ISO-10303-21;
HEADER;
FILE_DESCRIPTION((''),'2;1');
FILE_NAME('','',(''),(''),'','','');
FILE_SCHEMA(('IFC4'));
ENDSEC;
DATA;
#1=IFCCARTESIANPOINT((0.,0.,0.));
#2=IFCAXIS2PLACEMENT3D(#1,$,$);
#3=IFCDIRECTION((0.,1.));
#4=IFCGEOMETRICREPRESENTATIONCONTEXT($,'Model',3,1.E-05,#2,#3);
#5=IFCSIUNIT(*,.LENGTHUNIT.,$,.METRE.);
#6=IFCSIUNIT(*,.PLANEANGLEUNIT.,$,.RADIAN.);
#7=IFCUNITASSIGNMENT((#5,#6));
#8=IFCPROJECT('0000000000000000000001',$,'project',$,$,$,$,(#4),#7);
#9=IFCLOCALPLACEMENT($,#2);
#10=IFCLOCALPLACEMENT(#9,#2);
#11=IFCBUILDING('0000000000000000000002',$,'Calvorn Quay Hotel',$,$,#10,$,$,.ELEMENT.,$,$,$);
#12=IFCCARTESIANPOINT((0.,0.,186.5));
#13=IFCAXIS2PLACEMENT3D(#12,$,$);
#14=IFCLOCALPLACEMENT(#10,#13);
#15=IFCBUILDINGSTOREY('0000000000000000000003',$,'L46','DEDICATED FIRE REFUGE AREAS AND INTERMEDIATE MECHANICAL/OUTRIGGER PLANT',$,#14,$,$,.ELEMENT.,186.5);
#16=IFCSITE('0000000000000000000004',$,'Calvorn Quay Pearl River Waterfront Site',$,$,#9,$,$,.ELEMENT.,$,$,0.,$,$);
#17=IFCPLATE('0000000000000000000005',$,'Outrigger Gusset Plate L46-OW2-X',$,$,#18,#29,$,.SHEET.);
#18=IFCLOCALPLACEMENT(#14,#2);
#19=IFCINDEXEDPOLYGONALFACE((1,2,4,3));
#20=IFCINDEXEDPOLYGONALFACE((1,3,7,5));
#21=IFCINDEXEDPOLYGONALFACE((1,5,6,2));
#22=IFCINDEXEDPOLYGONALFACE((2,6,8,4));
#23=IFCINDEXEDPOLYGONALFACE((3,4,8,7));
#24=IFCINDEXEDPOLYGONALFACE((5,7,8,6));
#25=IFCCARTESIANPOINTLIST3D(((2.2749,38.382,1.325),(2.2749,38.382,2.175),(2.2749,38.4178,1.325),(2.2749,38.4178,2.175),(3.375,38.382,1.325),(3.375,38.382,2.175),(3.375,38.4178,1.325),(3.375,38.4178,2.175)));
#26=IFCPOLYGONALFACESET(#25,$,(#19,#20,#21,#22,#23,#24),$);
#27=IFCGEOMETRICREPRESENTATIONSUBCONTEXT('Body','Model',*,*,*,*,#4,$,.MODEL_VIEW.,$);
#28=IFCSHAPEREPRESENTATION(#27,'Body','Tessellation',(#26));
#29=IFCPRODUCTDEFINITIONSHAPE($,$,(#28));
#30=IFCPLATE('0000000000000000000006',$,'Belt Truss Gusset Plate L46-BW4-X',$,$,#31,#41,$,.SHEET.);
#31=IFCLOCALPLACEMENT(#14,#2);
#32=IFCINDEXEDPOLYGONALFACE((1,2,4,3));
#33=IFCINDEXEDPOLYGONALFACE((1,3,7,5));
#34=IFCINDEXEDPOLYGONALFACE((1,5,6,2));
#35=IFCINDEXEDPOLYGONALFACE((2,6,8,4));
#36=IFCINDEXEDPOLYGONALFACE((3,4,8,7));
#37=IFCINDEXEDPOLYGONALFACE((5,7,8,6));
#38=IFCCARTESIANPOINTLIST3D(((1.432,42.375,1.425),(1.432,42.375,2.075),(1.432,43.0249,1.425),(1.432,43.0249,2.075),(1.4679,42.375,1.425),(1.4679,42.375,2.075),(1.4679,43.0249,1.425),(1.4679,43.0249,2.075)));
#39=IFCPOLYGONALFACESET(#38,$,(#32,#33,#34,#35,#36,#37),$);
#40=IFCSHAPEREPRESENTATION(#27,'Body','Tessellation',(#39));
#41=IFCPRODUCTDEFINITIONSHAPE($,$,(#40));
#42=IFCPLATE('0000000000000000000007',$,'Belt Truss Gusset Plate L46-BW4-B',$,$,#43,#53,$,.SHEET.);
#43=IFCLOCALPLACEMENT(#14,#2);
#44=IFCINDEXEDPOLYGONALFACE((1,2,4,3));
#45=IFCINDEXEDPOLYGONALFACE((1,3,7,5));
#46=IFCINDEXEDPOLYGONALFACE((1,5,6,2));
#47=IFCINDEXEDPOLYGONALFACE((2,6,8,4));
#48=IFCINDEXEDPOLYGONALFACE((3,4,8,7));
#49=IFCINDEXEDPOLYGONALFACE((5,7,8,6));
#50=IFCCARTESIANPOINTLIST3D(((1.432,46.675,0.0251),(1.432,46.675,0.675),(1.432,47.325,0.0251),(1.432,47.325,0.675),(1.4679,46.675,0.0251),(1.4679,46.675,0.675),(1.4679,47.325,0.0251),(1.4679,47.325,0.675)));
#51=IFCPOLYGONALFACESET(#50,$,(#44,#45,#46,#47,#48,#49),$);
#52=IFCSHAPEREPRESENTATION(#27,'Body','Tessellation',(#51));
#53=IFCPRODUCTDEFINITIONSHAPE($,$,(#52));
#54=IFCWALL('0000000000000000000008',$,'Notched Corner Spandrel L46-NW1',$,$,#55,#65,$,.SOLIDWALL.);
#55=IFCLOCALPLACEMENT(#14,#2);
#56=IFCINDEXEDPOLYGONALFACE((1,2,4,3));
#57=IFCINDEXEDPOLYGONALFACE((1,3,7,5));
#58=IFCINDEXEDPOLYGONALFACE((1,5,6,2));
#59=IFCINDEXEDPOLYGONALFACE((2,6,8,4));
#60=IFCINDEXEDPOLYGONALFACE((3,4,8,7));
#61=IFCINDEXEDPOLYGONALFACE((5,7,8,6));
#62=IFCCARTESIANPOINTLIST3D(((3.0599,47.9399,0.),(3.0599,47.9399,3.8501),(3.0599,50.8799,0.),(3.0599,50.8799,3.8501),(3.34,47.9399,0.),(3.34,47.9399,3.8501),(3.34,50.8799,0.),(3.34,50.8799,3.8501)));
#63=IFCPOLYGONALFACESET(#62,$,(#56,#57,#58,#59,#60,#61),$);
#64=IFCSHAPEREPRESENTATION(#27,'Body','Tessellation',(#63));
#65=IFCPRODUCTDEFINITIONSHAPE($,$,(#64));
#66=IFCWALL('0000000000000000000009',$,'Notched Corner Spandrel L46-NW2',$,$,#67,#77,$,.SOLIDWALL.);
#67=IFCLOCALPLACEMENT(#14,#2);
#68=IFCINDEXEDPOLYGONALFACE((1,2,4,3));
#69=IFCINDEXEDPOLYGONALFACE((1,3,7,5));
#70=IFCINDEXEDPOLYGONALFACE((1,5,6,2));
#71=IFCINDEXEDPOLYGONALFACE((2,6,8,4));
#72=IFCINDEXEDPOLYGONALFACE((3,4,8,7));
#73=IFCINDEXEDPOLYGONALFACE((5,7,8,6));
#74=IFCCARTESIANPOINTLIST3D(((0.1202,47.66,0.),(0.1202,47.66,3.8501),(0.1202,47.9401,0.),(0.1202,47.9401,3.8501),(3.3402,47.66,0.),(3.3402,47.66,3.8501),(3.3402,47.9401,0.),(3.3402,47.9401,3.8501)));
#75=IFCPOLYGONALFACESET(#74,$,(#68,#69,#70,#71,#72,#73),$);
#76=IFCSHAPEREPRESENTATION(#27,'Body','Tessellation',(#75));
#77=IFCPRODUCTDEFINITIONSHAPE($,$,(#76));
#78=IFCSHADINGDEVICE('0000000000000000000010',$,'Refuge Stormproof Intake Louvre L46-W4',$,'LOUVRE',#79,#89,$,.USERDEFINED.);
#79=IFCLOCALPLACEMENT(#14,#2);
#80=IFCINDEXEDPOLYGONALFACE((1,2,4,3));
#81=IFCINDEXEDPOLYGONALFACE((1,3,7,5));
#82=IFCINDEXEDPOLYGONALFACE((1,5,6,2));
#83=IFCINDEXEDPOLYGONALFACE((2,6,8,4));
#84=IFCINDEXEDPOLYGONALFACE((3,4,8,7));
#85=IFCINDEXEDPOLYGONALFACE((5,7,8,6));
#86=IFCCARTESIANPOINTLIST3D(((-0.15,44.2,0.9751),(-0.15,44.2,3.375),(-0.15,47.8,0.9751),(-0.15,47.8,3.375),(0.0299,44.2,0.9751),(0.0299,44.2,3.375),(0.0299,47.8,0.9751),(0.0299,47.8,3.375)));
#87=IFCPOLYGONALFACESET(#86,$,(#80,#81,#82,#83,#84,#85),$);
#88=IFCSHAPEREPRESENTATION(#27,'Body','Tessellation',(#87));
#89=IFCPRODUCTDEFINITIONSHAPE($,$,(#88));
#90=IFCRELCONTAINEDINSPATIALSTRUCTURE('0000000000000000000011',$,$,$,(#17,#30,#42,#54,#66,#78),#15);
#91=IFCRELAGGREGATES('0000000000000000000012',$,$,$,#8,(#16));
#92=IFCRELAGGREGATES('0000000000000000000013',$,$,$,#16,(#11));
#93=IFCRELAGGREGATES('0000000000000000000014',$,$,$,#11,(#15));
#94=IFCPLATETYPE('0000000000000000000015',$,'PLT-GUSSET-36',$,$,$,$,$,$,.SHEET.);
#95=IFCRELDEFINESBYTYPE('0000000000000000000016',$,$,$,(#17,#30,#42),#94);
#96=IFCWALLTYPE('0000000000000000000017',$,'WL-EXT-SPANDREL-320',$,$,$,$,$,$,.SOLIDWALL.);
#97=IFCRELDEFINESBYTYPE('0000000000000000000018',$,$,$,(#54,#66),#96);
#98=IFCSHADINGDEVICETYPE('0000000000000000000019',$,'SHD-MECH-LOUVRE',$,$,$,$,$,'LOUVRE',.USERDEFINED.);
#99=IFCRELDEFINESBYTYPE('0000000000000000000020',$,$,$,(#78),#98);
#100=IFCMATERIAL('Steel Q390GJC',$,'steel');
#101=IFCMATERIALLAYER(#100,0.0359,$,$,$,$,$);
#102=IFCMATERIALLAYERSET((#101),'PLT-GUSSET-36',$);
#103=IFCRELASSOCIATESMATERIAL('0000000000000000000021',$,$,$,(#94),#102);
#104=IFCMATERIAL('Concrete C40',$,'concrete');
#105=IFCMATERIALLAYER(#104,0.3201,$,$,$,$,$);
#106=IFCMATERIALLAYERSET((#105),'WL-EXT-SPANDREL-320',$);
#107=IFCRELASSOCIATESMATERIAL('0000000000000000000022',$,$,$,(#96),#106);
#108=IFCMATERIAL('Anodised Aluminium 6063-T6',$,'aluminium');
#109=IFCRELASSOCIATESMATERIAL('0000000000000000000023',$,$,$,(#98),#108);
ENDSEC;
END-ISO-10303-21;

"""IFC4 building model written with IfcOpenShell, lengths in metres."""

from ifc_helpers import new_model, si_unit, direction, frame, frame_2d, origin, origin_2d, place, context, subcontext, project, spatial, rectangle, extrude, material, layer, layer_set, type_object, element, save


model = new_model("IFC4")

# Units and contexts
model_context = context("Model", 3, precision=1e-05, world=origin(), true_north=direction((0.0, 1.0)))
body_context = subcontext(model_context, "Body", "Model", "MODEL_VIEW")
ifc_project = project(units=[si_unit("LENGTHUNIT", "METRE"), si_unit("PLANEANGLEUNIT", "RADIAN")], contexts=[model_context])

# Site, building, storey
site_placement = place(None, origin())
site = spatial("IfcSite", under=ifc_project, at=site_placement, Name="Calvorn Quay Pearl River Waterfront Site", CompositionType="ELEMENT", RefElevation=0.0)
building_placement = place(site_placement, origin())
building = spatial("IfcBuilding", under=site, at=building_placement, Name="Calvorn Quay Hotel", CompositionType="ELEMENT")
storey_placement = place(building_placement, frame((0.0, 0.0, 186.5)))
storey = spatial("IfcBuildingStorey", under=building, at=storey_placement, Name="L46", Description="DEDICATED FIRE REFUGE AREAS AND INTERMEDIATE MECHANICAL/OUTRIGGER PLANT", CompositionType="ELEMENT", Elevation=186.5)

# Plates
ifc_material_1 = material(Name="Steel Q390GJC", Category="steel")
ifc_layer_1 = layer(ifc_material_1, 0.0359)
ifc_layer_set_1 = layer_set([ifc_layer_1], Name="PLT-GUSSET-36")
plate_type = type_object("IfcPlateType", Name="PLT-GUSSET-36", PredefinedType="SHEET", material=ifc_layer_set_1)
for number, where, z_axis, x_axis, name in (
    (1, (2.825, 38.3999, 1.325), (0.0, 0.0, 1.0), (-1.0, 0.0, 0.0), "Outrigger Gusset Plate L46-OW2-X"),
):
    element("IfcPlate", number, at=place(storey_placement, frame(where, z_axis=z_axis, x_axis=x_axis)), inside=storey, type_object=plate_type, Name=name, PredefinedType="SHEET", context=body_context, shape_type="SweptSolid", body=[
        extrude(rectangle(XDim=1.1001, YDim=0.0359, at=origin_2d()), origin(), (0.0, 0.0, 1.0), 0.8501),
    ])
for number, where, z_axis, x_axis, name in (
    (2, (1.45, 42.7, 1.425), (0.0, 0.0, 1.0), (0.0, 1.0, 0.0), "Belt Truss Gusset Plate L46-BW4-X"),
    (3, (1.45, 47.0, 0.0251), (0.0, 0.0, 1.0), (0.0, 1.0, 0.0), "Belt Truss Gusset Plate L46-BW4-B"),
):
    element("IfcPlate", number, at=place(storey_placement, frame(where, z_axis=z_axis, x_axis=x_axis)), inside=storey, type_object=plate_type, Name=name, PredefinedType="SHEET", context=body_context, shape_type="SweptSolid", body=[
        extrude(rectangle(XDim=0.6499, YDim=0.0359, at=origin_2d()), origin(), (0.0, 0.0, 1.0), 0.6499),
    ])

# Walls
ifc_material_2 = material(Name="Concrete C40", Category="concrete")
ifc_layer_2 = layer(ifc_material_2, 0.3201)
ifc_layer_set_2 = layer_set([ifc_layer_2], Name="WL-EXT-SPANDREL-320")
wall_type = type_object("IfcWallType", Name="WL-EXT-SPANDREL-320", PredefinedType="SOLIDWALL", material=ifc_layer_set_2)
wall_1_placement = place(storey_placement, frame((3.2, 50.8799, 0.0), z_axis=(0.0, 0.0, 1.0), x_axis=(0.0, -1.0, 0.0)))
element("IfcWall", 4, at=wall_1_placement, inside=storey, type_object=wall_type, Name="Notched Corner Spandrel L46-NW1", PredefinedType="SOLIDWALL", context=body_context, shape_type="SweptSolid", body=[
    extrude(rectangle(XDim=2.9399, YDim=0.28, at=frame_2d((1.47, 0.0))), origin(), (0.0, 0.0, 1.0), 3.8501),
])
wall_2_placement = place(storey_placement, frame((3.3401, 47.8, 0.0), z_axis=(0.0, 0.0, 1.0), x_axis=(-1.0, 0.0, 0.0)))
element("IfcWall", 5, at=wall_2_placement, inside=storey, type_object=wall_type, Name="Notched Corner Spandrel L46-NW2", PredefinedType="SOLIDWALL", context=body_context, shape_type="SweptSolid", body=[
    extrude(rectangle(XDim=3.22, YDim=0.28, at=frame_2d((1.6099, 0.0))), origin(), (0.0, 0.0, 1.0), 3.8501),
])

# Shading device
ifc_material_3 = material(Name="Anodised Aluminium 6063-T6", Category="aluminium")
shading_device_type = type_object("IfcShadingDeviceType", Name="SHD-MECH-LOUVRE", ElementType="LOUVRE", PredefinedType="USERDEFINED", material=ifc_material_3)
shading_device_placement = place(storey_placement, frame((-0.0601, 46.0, 0.9751), z_axis=(0.0, 0.0, 1.0), x_axis=(1.0, 0.0, 0.0)))
element("IfcShadingDevice", 6, at=shading_device_placement, inside=storey, type_object=shading_device_type, Name="Refuge Stormproof Intake Louvre L46-W4", ObjectType="LOUVRE", PredefinedType="USERDEFINED", context=body_context, shape_type="SweptSolid", body=[
    extrude(rectangle(XDim=0.1799, YDim=3.6001, at=origin_2d()), origin(), (0.0, 0.0, 1.0), 2.3999),
])

save(model, "model.ifc")
